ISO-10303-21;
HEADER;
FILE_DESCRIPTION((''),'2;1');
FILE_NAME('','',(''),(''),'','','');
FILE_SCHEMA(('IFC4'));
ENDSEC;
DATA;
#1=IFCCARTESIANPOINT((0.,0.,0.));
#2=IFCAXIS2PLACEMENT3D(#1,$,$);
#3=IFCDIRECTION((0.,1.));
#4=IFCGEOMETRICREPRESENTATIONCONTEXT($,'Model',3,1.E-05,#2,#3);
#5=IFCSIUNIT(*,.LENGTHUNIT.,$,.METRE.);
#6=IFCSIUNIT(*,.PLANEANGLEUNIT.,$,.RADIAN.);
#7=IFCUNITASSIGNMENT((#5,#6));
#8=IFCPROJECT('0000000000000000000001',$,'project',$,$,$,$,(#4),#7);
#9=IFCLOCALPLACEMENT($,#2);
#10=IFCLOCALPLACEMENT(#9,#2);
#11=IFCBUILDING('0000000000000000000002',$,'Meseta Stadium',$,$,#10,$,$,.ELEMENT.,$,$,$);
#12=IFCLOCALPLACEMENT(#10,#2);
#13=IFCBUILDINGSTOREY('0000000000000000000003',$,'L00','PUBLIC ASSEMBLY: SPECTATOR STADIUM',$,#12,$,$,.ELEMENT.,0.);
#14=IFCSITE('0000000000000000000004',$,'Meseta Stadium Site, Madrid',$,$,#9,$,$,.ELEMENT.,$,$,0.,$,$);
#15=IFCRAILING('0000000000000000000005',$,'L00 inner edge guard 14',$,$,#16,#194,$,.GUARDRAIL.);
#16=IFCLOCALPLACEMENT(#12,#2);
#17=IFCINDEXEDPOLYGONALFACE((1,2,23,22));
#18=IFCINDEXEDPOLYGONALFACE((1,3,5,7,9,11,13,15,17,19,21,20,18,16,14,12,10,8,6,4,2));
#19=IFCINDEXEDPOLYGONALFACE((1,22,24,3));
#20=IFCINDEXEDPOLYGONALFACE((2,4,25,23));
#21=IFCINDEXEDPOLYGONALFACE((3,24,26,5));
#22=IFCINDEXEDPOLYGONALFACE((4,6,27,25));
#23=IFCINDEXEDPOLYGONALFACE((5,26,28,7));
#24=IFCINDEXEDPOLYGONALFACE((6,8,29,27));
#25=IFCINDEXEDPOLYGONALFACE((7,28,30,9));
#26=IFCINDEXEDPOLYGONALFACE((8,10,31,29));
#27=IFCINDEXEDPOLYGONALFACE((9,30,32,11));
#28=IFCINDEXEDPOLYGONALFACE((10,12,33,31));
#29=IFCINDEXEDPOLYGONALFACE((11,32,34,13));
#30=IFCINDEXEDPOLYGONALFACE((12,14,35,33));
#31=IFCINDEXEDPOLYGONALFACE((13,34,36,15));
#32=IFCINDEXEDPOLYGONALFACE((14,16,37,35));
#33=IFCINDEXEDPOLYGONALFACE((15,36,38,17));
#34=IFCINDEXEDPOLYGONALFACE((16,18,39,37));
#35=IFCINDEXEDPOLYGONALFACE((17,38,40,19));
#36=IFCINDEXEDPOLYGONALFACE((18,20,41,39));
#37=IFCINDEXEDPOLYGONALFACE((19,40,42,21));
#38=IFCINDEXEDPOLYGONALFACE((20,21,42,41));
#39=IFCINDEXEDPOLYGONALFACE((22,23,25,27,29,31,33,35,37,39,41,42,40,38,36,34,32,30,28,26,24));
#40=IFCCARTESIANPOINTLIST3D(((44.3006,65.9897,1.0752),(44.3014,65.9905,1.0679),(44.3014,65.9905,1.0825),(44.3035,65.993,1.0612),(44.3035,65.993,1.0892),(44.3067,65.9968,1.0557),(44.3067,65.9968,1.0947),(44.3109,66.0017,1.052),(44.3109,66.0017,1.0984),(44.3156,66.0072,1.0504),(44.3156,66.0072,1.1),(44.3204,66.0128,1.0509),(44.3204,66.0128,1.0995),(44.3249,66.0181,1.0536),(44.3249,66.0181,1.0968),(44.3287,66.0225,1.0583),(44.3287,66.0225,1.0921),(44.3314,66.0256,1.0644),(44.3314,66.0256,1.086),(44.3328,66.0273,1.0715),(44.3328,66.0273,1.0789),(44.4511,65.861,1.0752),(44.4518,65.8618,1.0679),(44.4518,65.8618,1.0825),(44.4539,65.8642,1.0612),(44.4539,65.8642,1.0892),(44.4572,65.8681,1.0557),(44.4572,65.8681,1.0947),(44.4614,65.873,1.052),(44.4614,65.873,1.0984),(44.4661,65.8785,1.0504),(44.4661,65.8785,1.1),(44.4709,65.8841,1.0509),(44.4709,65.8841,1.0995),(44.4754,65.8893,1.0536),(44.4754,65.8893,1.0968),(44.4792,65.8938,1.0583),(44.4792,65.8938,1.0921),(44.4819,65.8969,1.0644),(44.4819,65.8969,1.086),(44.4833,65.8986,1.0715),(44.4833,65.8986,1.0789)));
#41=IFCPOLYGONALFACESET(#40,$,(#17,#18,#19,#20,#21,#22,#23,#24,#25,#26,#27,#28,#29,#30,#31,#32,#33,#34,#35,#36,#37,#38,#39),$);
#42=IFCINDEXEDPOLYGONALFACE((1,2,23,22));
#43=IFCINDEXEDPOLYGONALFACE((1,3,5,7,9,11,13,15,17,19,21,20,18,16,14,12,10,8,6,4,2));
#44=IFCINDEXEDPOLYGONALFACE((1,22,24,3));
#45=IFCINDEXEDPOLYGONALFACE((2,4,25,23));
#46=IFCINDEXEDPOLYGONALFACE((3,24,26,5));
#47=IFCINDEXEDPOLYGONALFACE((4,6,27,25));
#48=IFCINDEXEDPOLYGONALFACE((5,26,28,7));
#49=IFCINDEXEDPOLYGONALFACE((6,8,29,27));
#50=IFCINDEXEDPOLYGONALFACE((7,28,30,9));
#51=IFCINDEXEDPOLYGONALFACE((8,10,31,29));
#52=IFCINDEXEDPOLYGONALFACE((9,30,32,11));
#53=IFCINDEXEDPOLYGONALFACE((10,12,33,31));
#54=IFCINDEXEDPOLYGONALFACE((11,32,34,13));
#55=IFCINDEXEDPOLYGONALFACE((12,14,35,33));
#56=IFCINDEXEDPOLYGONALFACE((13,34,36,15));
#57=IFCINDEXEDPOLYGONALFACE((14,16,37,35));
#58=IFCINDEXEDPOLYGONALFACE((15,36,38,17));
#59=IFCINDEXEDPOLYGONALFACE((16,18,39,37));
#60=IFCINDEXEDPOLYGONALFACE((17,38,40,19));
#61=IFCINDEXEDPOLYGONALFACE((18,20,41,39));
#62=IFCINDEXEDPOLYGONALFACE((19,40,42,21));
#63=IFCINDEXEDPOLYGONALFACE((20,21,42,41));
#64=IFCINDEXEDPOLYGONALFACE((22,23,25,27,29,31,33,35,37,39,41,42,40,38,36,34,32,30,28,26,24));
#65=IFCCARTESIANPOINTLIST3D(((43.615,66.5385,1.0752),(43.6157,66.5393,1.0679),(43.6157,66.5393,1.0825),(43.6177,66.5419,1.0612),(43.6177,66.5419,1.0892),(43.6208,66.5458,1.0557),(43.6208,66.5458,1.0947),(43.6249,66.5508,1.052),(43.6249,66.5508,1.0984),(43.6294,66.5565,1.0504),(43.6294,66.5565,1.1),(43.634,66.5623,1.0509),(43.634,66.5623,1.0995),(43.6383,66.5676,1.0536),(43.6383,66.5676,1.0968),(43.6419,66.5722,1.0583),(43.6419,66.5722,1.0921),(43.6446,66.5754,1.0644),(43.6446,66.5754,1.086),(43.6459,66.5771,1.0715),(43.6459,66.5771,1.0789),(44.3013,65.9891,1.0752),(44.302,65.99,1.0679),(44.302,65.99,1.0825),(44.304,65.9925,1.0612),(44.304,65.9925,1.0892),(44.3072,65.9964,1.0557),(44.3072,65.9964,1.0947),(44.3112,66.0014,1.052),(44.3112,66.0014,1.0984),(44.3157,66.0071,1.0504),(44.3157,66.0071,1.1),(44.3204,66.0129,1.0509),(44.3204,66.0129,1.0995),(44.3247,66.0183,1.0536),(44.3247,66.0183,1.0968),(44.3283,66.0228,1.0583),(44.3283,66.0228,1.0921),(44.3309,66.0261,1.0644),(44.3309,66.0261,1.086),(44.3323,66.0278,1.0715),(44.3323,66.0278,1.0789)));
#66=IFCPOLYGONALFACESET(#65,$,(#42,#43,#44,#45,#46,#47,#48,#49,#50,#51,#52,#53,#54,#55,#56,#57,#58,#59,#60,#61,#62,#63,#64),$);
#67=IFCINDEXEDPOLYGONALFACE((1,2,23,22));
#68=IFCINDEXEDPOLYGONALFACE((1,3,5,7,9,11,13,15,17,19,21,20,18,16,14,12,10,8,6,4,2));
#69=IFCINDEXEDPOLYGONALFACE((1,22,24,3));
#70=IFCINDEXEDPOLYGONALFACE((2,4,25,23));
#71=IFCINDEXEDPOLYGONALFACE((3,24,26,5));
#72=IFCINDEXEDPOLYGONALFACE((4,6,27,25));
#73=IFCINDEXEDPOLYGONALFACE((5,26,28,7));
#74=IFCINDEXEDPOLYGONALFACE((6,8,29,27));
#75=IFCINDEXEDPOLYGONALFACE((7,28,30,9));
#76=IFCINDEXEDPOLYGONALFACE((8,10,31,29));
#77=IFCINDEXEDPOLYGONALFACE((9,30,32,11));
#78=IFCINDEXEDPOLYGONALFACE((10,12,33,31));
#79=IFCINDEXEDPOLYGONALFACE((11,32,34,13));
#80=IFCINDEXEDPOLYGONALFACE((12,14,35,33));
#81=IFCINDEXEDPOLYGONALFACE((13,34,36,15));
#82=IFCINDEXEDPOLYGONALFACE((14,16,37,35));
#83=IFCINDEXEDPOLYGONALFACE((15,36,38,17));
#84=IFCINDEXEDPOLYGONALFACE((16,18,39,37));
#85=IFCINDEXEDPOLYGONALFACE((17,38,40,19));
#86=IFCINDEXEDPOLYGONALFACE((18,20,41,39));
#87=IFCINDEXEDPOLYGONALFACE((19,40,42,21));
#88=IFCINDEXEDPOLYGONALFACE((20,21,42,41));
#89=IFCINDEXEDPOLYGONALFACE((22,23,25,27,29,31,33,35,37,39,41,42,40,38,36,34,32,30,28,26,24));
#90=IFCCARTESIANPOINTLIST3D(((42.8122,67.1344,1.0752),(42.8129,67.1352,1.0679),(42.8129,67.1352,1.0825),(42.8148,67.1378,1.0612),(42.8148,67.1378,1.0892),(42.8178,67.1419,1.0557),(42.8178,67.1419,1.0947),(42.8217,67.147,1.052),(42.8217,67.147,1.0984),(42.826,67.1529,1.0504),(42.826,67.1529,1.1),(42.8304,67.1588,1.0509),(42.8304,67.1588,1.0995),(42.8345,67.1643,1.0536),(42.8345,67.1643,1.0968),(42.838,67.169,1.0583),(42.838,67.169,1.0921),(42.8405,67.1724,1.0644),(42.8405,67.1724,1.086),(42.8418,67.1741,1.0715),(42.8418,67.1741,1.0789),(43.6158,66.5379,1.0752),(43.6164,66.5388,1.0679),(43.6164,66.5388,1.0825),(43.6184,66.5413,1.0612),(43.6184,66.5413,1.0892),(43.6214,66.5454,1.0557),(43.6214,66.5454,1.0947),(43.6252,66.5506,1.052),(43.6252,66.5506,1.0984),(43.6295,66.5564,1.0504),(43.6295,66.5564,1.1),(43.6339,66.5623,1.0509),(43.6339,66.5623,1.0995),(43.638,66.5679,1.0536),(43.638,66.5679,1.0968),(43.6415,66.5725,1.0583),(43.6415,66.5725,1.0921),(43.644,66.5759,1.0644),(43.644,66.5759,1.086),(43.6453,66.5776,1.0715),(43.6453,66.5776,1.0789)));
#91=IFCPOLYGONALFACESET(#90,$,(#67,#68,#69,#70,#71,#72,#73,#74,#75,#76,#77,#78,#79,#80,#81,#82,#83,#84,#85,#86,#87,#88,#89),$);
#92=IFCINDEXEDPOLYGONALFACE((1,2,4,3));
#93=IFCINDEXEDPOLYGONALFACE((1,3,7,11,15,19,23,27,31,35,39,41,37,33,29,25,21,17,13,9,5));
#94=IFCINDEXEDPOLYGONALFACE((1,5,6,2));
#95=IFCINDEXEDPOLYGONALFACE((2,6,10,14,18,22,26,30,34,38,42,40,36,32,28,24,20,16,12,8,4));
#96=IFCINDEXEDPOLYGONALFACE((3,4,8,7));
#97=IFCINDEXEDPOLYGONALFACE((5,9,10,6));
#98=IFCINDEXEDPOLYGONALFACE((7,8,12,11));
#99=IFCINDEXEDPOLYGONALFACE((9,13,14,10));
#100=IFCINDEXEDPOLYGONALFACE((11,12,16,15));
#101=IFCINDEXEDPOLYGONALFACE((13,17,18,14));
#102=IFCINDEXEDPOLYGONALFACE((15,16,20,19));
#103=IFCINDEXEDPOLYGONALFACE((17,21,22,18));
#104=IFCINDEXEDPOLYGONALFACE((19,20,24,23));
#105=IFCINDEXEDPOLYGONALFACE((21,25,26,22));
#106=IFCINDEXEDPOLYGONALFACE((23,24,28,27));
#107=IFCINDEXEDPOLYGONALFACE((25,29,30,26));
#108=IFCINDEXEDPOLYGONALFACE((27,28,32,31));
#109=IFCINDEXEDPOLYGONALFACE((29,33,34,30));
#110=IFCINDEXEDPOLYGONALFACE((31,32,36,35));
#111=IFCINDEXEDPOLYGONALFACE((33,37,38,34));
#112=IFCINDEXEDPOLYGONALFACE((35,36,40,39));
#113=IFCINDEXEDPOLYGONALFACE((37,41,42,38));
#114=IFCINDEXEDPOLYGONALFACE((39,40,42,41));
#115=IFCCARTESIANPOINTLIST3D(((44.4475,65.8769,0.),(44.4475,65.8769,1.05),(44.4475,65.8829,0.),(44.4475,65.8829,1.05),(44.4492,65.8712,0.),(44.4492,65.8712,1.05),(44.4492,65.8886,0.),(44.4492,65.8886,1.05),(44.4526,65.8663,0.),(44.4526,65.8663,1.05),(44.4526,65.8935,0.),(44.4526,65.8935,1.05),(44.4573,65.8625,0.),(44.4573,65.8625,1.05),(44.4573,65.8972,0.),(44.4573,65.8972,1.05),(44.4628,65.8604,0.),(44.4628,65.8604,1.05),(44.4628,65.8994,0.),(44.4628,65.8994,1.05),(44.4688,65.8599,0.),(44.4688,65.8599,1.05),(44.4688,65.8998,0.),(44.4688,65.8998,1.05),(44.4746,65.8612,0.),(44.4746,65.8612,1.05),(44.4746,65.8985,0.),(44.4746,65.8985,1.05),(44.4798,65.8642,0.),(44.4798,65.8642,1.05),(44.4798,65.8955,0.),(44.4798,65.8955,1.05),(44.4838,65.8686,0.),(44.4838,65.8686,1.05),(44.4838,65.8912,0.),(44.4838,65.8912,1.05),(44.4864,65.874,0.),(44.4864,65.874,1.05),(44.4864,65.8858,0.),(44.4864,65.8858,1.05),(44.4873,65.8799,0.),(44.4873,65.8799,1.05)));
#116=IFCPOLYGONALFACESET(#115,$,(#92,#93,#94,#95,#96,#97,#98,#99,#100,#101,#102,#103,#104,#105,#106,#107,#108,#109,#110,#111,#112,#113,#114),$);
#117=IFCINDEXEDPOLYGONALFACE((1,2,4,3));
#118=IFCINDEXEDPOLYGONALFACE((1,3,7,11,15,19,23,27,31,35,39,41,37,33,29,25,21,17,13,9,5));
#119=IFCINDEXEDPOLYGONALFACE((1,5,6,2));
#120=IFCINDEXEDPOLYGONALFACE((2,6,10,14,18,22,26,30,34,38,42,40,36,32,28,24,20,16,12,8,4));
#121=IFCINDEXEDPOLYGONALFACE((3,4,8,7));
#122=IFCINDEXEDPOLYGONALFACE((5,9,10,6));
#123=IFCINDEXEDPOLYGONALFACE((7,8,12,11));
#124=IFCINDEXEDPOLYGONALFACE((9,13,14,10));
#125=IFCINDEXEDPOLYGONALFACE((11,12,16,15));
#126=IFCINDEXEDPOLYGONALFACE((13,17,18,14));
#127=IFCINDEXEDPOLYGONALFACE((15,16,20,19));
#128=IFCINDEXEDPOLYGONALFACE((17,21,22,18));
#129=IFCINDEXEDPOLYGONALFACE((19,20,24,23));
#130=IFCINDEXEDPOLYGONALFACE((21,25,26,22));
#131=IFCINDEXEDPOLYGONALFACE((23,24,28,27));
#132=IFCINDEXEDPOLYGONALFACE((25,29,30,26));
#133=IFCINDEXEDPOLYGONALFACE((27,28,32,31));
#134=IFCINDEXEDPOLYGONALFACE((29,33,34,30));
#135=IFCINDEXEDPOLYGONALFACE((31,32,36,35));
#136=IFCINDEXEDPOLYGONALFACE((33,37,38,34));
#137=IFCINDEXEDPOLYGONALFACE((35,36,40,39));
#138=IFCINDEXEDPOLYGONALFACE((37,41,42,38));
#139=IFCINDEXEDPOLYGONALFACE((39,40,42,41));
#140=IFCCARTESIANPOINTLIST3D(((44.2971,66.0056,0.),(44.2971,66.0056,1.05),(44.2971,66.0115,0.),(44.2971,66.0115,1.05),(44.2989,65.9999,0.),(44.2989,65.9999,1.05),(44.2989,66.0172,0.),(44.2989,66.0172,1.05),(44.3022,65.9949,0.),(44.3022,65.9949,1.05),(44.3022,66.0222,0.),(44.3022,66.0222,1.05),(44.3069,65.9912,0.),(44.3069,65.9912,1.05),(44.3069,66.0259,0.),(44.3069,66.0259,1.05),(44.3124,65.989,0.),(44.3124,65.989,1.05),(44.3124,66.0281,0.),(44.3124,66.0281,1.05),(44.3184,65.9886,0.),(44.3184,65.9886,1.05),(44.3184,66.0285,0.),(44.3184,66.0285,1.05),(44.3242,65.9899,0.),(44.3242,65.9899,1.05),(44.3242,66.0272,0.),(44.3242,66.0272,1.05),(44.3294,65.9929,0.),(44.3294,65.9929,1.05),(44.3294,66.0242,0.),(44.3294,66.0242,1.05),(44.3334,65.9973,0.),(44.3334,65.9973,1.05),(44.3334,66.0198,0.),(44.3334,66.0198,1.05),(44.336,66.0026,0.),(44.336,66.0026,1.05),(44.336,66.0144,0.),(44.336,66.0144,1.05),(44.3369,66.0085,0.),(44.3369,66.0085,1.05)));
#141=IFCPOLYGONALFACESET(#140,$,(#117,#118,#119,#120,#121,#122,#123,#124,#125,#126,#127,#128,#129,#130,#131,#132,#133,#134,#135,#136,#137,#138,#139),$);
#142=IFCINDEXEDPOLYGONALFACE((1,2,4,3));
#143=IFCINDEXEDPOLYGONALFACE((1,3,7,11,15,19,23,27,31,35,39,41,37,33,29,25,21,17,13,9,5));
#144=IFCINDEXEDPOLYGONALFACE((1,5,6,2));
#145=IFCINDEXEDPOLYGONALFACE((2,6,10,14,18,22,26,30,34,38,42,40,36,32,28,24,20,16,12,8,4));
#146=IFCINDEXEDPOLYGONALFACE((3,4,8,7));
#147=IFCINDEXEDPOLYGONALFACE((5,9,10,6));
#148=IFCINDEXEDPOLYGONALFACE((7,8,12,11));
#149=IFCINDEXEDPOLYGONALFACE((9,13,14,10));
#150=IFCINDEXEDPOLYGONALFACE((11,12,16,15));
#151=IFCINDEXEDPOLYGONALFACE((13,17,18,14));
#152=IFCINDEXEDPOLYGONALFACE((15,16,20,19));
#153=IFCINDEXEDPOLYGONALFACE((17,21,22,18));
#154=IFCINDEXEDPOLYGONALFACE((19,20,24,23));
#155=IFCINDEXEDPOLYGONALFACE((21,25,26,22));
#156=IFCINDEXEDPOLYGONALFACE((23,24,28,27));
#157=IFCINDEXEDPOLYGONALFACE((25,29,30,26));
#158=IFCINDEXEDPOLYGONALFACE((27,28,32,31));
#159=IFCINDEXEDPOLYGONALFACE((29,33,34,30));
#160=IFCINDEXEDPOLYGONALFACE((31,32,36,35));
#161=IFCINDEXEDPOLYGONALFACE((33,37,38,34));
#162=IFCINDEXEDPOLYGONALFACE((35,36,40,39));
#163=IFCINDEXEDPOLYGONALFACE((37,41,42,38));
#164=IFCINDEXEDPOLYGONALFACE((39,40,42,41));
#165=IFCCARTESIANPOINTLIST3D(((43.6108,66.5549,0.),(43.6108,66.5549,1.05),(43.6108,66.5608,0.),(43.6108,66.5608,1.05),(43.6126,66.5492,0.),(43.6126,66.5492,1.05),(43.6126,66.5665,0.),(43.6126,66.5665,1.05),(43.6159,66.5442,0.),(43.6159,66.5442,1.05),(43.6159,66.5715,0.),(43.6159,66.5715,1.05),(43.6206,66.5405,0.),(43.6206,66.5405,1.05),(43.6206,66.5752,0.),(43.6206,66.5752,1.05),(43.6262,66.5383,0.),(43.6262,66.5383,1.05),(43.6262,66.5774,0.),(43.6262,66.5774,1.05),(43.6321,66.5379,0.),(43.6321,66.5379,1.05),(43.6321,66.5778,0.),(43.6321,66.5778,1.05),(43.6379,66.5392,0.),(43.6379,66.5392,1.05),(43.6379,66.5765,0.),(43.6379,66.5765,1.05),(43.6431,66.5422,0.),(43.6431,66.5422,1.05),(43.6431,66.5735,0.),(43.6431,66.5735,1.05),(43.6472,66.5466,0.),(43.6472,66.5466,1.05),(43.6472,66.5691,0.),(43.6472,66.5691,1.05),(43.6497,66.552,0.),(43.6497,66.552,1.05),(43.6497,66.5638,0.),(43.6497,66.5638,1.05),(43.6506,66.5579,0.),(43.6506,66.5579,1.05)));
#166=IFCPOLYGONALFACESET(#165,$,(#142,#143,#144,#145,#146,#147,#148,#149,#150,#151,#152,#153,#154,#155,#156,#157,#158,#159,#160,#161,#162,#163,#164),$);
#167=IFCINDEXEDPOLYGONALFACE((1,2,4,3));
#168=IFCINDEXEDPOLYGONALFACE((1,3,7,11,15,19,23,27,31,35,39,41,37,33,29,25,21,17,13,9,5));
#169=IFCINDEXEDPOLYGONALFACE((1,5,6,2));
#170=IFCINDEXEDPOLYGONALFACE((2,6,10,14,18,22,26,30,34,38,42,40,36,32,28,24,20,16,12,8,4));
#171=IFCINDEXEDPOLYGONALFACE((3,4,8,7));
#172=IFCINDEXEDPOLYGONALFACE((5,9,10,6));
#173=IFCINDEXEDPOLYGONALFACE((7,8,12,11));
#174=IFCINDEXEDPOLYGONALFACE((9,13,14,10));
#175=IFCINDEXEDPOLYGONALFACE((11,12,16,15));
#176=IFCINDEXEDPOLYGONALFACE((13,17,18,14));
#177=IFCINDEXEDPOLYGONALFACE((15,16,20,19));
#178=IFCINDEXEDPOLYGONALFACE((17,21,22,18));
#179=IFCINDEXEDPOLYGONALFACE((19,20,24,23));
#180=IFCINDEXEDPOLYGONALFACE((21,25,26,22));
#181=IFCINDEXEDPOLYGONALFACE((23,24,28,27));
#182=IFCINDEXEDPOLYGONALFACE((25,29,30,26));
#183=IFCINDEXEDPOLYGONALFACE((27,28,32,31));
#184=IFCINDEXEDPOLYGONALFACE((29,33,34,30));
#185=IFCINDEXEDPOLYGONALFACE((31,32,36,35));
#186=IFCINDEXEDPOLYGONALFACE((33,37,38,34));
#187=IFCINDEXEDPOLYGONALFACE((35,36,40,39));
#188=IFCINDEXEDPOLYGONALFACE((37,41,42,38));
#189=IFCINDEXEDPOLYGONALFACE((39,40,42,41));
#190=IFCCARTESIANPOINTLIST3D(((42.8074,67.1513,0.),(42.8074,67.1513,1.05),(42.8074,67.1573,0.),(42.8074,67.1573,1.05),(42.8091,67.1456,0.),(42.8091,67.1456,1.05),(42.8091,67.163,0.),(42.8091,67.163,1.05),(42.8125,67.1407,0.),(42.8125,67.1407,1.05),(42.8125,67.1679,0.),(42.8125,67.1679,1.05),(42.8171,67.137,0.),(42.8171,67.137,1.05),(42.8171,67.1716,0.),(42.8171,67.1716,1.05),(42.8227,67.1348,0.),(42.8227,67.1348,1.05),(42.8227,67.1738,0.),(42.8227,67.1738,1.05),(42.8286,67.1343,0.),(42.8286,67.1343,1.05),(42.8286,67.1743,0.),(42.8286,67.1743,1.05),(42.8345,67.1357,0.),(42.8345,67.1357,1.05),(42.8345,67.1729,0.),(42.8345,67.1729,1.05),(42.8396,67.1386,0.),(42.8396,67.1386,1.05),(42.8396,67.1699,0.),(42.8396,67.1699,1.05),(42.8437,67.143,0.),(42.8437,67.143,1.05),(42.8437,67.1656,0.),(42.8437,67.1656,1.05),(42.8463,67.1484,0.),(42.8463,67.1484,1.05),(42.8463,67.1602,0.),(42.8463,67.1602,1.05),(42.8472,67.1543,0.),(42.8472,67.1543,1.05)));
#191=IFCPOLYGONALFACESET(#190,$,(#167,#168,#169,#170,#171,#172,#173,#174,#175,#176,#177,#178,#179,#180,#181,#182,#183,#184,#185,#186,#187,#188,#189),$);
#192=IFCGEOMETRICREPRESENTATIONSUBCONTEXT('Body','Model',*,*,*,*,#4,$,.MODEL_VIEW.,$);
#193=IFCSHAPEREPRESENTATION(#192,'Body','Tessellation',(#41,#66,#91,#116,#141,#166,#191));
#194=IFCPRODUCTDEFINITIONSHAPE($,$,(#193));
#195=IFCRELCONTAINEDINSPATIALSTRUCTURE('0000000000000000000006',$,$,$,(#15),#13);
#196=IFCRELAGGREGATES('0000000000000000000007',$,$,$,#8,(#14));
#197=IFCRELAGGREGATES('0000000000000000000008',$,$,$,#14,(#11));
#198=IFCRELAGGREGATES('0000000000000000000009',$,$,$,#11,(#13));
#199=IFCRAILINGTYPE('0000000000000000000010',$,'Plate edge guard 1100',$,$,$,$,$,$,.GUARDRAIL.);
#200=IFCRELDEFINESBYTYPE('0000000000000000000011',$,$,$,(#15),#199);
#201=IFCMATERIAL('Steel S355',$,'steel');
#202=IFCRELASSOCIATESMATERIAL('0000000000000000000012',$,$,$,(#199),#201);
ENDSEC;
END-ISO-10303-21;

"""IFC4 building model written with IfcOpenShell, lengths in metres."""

from ifc_helpers import new_model, si_unit, direction, frame, origin, origin_2d, place, context, subcontext, project, spatial, circle, extrude, material, type_object, element, save


model = new_model("IFC4")

# Units and contexts
model_context = context("Model", 3, precision=1e-05, world=origin(), true_north=direction((0.0, 1.0)))
body_context = subcontext(model_context, "Body", "Model", "MODEL_VIEW")
ifc_project = project(units=[si_unit("LENGTHUNIT", "METRE"), si_unit("PLANEANGLEUNIT", "RADIAN")], contexts=[model_context])

# Site, building, storey
site_placement = place(None, origin())
site = spatial("IfcSite", under=ifc_project, at=site_placement, Name="Meseta Stadium Site, Madrid", CompositionType="ELEMENT", RefElevation=0.0)
building_placement = place(site_placement, origin())
building = spatial("IfcBuilding", under=site, at=building_placement, Name="Meseta Stadium", CompositionType="ELEMENT")
storey_placement = place(building_placement, origin())
storey = spatial("IfcBuildingStorey", under=building, at=storey_placement, Name="L00", Description="PUBLIC ASSEMBLY: SPECTATOR STADIUM", CompositionType="ELEMENT", Elevation=0.0)

# Railing
ifc_material_1 = material(Name="Steel S355", Category="steel")
railing_type_1 = type_object("IfcRailingType", Name="Plate edge guard 1100", PredefinedType="GUARDRAIL", material=ifc_material_1)
railing_1_placement = place(storey_placement, frame((44.4673, 65.8799, 0.0)))
element("IfcRailing", 1, at=railing_1_placement, inside=storey, type_object=railing_type_1, Name="L00 inner edge guard 14", PredefinedType="GUARDRAIL", context=body_context, shape_type="SweptSolid", body=[
    extrude(circle(Radius=0.0249, at=origin_2d()), frame((0.0, 0.0, 1.0752), z_axis=(-0.759866, 0.65008, 0.0), x_axis=(-0.65008, -0.759866, 0.0)), (0.0, 0.0, 1.0), 0.198),
    extrude(circle(Radius=0.0249, at=origin_2d()), frame((-0.1504, 0.1287, 1.0752), z_axis=(-0.780706, 0.624898, 0.0), x_axis=(-0.624898, -0.780706, 0.0)), (0.0, 0.0, 1.0), 0.8792),
    extrude(circle(Radius=0.0249, at=origin_2d()), frame((-0.8367, 0.678, 1.0752), z_axis=(-0.802947, 0.59605, 0.0), x_axis=(-0.59605, -0.802947, 0.0)), (0.0, 0.0, 1.0), 1.0007),
    extrude(circle(Radius=0.02, at=origin_2d()), origin(), (0.0, 0.0, 1.0), 1.05),
    extrude(circle(Radius=0.02, at=origin_2d()), frame((-0.1504, 0.1287, 0.0)), (0.0, 0.0, 1.0), 1.05),
    extrude(circle(Radius=0.02, at=origin_2d()), frame((-0.8367, 0.678, 0.0)), (0.0, 0.0, 1.0), 1.05),
    extrude(circle(Radius=0.02, at=origin_2d()), frame((-1.6401, 1.2744, 0.0)), (0.0, 0.0, 1.0), 1.05),
])

save(model, "model.ifc")
